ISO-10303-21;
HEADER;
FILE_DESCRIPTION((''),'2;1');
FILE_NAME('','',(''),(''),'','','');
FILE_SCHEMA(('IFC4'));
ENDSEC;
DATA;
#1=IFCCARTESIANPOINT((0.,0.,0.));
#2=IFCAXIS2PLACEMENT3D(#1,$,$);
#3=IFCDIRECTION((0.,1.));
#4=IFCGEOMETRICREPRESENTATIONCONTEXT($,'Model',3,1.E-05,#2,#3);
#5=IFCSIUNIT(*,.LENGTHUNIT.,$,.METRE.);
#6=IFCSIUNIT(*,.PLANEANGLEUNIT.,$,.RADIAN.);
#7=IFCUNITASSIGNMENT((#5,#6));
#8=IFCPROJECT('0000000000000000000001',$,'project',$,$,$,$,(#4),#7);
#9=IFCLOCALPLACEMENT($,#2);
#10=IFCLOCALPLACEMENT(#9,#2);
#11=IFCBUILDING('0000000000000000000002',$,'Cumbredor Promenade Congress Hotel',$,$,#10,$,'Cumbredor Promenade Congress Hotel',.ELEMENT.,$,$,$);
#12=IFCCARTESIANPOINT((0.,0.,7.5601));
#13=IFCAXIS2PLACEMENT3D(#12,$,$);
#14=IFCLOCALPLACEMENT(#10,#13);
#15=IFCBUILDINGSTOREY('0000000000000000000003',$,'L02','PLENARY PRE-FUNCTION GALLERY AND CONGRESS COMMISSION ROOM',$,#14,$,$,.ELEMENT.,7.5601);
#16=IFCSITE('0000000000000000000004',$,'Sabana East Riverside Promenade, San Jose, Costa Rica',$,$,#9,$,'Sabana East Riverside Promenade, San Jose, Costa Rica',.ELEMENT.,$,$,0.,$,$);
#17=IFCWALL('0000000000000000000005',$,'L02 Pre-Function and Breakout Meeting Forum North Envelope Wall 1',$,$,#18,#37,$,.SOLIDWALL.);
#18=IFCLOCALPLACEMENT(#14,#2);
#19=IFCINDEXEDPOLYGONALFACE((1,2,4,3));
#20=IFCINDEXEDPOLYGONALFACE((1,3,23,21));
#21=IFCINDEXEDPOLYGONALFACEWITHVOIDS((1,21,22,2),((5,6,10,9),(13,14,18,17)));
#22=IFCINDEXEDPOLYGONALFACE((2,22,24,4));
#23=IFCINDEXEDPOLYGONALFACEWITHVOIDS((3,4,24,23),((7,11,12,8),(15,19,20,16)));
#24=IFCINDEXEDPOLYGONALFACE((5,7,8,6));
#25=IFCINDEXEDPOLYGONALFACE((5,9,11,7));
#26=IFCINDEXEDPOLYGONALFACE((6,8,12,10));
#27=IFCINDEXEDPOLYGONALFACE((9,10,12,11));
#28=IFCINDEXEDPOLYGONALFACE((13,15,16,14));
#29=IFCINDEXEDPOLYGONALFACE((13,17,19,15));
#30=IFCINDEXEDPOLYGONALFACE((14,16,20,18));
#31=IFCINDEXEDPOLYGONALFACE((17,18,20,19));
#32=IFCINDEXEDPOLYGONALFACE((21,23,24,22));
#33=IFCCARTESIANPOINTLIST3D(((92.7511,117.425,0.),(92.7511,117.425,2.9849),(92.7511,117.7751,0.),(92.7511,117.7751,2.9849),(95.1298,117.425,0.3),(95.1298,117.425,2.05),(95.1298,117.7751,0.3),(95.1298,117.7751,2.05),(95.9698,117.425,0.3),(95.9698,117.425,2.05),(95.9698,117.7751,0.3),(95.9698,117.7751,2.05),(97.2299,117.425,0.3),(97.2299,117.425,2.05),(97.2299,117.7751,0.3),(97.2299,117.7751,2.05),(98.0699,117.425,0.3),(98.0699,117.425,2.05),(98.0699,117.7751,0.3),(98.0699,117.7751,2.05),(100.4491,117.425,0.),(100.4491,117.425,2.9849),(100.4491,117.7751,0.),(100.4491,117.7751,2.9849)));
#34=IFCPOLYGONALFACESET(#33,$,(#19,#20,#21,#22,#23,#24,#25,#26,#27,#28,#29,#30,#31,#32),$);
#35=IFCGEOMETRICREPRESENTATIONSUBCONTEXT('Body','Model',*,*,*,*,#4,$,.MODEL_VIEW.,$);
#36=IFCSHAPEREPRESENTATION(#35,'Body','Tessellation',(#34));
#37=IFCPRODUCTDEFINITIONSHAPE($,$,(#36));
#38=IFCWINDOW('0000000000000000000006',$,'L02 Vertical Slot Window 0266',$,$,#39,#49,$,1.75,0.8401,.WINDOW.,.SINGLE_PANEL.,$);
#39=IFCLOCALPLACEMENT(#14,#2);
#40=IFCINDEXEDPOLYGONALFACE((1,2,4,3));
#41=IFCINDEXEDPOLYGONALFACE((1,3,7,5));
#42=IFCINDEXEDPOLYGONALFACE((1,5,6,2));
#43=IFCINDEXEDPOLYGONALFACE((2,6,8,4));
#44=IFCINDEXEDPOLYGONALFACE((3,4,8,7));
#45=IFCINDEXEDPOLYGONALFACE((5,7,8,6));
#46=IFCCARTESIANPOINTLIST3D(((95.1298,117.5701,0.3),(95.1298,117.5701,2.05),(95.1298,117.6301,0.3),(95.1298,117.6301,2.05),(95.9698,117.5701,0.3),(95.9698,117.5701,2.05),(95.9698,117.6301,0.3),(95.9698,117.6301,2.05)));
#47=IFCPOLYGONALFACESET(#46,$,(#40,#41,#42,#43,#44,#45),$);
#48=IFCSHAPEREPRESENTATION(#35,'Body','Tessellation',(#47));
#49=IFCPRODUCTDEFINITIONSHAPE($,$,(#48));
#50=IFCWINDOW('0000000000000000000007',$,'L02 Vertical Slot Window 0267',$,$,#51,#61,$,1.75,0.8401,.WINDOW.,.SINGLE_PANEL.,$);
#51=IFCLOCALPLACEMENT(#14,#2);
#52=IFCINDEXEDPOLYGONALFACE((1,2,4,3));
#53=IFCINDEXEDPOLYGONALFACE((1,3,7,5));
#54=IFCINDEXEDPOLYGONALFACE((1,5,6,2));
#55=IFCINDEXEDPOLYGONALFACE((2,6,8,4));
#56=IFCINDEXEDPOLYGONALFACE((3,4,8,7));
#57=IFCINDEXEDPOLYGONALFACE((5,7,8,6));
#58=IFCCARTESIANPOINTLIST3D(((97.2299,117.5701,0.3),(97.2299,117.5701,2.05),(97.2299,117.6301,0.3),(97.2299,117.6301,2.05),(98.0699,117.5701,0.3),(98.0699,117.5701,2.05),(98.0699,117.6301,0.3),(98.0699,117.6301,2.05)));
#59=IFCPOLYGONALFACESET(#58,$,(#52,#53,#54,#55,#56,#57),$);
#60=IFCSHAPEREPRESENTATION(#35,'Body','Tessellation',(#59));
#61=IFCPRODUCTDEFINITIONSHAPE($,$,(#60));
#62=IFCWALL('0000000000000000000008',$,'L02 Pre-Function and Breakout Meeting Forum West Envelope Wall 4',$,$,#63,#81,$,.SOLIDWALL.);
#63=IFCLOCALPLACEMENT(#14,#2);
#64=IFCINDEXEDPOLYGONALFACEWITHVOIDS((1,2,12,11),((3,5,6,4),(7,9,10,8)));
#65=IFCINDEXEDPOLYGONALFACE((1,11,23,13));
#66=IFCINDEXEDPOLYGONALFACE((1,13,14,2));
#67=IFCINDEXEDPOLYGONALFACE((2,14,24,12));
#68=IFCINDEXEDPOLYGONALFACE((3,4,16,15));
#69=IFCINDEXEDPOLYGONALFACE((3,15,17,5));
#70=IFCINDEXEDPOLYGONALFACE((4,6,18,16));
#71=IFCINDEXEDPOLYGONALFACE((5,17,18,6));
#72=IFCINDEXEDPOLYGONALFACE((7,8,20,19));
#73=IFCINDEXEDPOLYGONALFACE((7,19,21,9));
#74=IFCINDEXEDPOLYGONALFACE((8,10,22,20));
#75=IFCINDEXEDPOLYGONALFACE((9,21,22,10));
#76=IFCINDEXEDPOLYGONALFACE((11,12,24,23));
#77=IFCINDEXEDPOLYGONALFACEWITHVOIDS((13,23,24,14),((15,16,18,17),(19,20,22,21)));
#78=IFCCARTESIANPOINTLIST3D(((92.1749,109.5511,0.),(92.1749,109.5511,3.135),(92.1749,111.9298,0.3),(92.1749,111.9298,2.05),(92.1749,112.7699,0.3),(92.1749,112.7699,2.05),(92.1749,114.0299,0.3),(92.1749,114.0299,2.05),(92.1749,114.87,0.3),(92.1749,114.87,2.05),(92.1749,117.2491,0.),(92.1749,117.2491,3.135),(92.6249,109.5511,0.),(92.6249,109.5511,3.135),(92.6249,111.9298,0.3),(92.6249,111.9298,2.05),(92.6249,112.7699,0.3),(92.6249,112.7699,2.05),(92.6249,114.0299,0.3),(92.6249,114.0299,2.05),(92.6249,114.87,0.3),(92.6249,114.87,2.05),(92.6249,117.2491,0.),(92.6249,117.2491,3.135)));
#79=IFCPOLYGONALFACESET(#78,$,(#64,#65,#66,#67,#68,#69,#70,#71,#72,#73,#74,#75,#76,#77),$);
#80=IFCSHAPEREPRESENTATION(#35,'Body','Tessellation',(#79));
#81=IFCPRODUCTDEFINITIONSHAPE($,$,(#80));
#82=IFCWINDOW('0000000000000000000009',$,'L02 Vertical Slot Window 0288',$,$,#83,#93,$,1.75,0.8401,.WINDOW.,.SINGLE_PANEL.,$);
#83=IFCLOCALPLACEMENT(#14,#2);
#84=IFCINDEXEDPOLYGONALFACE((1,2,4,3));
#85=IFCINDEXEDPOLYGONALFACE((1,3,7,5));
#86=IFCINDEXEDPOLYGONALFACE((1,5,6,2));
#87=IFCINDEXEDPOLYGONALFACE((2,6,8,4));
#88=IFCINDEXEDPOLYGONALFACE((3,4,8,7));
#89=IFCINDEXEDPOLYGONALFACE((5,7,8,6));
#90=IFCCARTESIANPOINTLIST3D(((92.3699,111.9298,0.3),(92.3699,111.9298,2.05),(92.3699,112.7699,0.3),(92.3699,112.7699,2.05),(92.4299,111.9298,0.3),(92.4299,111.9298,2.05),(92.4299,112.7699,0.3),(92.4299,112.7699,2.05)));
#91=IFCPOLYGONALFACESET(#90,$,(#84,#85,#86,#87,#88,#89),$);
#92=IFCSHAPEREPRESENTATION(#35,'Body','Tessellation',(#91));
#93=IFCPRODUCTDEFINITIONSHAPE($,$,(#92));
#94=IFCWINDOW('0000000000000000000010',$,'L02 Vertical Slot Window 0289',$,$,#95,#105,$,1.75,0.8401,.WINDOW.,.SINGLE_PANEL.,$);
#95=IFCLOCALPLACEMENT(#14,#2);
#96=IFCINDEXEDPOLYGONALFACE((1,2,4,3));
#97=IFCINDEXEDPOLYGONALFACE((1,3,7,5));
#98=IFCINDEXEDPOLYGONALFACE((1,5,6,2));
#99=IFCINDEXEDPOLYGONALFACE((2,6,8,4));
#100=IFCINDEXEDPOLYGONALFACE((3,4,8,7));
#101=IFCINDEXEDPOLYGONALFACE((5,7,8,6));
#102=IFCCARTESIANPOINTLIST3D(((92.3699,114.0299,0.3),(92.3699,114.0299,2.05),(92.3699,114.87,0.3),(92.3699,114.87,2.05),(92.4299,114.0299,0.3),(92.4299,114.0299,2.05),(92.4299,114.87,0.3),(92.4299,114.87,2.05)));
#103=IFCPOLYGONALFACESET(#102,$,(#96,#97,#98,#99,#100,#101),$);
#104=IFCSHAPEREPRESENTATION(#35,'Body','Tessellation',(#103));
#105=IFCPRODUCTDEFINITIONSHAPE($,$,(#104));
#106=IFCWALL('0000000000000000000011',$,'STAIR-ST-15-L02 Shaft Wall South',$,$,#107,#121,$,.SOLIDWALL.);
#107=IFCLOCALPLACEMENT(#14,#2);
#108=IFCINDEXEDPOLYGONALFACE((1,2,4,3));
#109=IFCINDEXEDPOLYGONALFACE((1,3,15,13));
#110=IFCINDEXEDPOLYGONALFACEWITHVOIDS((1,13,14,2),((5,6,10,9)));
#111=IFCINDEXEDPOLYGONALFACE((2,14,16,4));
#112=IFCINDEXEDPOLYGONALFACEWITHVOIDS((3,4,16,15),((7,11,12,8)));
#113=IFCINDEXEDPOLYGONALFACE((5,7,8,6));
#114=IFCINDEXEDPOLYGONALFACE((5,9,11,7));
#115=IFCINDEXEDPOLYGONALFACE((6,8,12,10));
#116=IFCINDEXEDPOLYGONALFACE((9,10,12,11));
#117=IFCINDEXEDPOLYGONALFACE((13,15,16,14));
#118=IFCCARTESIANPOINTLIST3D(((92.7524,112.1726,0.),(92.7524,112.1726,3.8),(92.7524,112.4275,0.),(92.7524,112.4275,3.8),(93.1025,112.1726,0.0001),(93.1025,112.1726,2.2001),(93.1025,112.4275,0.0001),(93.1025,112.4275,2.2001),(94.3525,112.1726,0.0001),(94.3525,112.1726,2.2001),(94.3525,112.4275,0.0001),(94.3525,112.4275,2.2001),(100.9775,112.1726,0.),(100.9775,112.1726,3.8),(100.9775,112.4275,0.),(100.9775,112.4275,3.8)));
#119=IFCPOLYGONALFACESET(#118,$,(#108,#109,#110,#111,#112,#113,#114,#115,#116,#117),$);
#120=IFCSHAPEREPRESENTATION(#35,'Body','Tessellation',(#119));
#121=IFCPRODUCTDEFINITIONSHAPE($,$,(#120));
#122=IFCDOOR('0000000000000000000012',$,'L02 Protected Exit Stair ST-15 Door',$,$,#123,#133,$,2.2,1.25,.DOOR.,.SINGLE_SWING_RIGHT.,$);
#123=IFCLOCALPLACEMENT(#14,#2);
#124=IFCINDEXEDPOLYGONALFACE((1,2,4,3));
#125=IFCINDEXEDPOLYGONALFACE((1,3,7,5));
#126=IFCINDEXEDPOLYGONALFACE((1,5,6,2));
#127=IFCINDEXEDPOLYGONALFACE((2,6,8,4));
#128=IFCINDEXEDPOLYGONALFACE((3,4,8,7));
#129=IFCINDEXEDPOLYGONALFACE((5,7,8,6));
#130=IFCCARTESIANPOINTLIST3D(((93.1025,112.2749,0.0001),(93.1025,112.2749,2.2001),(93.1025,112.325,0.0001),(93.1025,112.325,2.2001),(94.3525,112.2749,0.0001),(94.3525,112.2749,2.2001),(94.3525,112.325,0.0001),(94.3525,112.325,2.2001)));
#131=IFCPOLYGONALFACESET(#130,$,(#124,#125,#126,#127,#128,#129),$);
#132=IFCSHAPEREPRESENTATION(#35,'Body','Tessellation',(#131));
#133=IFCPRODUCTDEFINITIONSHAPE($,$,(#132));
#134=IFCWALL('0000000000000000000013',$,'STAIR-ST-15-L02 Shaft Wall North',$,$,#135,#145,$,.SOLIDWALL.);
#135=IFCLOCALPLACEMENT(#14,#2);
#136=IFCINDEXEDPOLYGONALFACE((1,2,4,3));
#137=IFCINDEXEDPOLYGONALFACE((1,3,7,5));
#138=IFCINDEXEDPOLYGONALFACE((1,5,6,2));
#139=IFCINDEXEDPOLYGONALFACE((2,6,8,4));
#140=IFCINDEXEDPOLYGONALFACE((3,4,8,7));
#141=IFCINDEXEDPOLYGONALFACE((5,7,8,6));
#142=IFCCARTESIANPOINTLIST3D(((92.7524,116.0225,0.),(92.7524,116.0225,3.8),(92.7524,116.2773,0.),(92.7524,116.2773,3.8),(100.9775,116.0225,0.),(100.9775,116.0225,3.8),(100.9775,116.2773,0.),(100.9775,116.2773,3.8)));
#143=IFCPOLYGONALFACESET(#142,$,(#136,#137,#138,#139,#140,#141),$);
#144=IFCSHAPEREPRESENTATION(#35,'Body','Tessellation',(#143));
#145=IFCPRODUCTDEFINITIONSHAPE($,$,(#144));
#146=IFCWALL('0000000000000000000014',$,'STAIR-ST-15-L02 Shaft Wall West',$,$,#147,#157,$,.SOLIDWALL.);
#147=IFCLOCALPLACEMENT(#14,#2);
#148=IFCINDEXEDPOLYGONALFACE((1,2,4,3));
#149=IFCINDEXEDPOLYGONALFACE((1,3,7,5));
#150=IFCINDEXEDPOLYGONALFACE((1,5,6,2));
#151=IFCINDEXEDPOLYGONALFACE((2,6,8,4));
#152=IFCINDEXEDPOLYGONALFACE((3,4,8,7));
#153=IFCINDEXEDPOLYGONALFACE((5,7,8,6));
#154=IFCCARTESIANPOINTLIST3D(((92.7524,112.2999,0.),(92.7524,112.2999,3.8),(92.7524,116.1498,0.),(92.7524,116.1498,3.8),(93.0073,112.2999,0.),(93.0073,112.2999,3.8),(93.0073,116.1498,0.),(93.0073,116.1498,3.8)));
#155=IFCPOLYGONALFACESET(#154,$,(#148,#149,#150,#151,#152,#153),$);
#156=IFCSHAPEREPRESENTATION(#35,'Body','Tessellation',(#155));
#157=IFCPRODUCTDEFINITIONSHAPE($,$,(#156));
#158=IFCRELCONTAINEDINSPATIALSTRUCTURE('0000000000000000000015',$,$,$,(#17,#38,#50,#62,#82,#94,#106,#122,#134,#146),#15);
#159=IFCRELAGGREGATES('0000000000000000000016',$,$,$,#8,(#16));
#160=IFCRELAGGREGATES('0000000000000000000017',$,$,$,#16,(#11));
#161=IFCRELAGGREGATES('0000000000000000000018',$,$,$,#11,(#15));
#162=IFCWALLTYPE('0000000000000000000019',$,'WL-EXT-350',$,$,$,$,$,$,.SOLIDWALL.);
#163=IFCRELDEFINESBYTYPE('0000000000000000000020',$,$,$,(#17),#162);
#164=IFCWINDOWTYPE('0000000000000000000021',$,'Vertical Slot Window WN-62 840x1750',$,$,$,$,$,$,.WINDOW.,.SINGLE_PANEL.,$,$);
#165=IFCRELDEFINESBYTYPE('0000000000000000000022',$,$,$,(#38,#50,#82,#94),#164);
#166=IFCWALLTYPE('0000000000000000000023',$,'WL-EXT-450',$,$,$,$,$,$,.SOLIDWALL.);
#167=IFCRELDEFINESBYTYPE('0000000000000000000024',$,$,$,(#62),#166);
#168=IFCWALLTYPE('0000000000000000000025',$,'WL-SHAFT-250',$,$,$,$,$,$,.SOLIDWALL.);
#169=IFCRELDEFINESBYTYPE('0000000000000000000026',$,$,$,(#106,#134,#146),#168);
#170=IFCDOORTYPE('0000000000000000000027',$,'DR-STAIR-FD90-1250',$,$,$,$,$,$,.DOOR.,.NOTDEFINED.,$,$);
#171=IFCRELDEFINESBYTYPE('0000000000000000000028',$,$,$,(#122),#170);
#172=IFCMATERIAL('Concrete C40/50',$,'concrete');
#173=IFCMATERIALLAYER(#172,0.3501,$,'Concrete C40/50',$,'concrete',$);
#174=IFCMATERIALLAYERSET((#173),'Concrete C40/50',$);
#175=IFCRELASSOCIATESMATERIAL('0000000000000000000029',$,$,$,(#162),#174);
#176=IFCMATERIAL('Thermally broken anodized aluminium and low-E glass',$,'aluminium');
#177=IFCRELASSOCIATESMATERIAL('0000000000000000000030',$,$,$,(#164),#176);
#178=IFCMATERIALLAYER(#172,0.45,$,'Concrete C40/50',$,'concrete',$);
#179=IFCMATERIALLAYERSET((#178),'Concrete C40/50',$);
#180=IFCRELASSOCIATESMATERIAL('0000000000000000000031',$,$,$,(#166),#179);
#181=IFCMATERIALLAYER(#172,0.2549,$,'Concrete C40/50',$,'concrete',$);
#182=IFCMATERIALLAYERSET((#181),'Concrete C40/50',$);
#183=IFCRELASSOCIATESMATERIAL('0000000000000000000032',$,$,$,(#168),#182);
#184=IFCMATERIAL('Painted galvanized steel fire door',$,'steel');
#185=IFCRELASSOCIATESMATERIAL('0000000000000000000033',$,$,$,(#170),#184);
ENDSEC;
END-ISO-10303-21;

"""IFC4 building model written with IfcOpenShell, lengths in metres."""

from ifc_helpers import new_model, si_unit, direction, frame, frame_2d, origin, place, context, subcontext, project, spatial, rectangle, extrude, material, layer, layer_set, type_object, element, fill, save


model = new_model("IFC4")

# Units and contexts
model_context = context("Model", 3, precision=1e-05, world=origin(), true_north=direction((0.0, 1.0)))
body_context = subcontext(model_context, "Body", "Model", "MODEL_VIEW")
ifc_project = project(units=[si_unit("LENGTHUNIT", "METRE"), si_unit("PLANEANGLEUNIT", "RADIAN")], contexts=[model_context])

# Site, building, storey
site_placement = place(None, origin())
site = spatial("IfcSite", under=ifc_project, at=site_placement, Name="Sabana East Riverside Promenade, San Jose, Costa Rica", LongName="Sabana East Riverside Promenade, San Jose, Costa Rica", CompositionType="ELEMENT", RefElevation=0.0)
building_placement = place(site_placement, origin())
building = spatial("IfcBuilding", under=site, at=building_placement, Name="Cumbredor Promenade Congress Hotel", LongName="Cumbredor Promenade Congress Hotel", CompositionType="ELEMENT")
storey_placement = place(building_placement, frame((0.0, 0.0, 7.5601)))
storey = spatial("IfcBuildingStorey", under=building, at=storey_placement, Name="L02", Description="PLENARY PRE-FUNCTION GALLERY AND CONGRESS COMMISSION ROOM", CompositionType="ELEMENT", Elevation=7.5601)

# Shared definitions
ifc_material_1 = material(Name="Concrete C40/50", Category="concrete")

# Shared definitions
ifc_material_2 = material(Name="Thermally broken anodized aluminium and low-E glass", Category="aluminium")

# Walls, openings, windows
ifc_layer_1 = layer(ifc_material_1, 0.3501, Name="Concrete C40/50", Category="concrete")
ifc_layer_set_1 = layer_set([ifc_layer_1], Name="Concrete C40/50")
wall_type_1 = type_object("IfcWallType", Name="WL-EXT-350", PredefinedType="SOLIDWALL", material=ifc_layer_set_1)
wall_1_placement = place(storey_placement, frame((92.751, 117.6001, 0.0), z_axis=(0.0, 0.0, 1.0), x_axis=(1.0, 0.0, 0.0)))
wall_1 = element("IfcWall", 1, at=wall_1_placement, inside=storey, type_object=wall_type_1, Name="L02 Pre-Function and Breakout Meeting Forum North Envelope Wall 1", PredefinedType="SOLIDWALL", context=body_context, shape_type="SweptSolid", body=[
    extrude(rectangle(XDim=7.698, YDim=0.3501, at=frame_2d((3.8491, 0.0))), origin(), (0.0, 0.0, 1.0), 2.9849),
])
opening_1_placement = place(wall_1_placement, frame((2.3789, 0.0, 0.3)))
opening_1 = element("IfcOpeningElement", 2, at=opening_1_placement, cuts=wall_1, PredefinedType="OPENING", context=body_context, shape_type="SweptSolid", body=[
    extrude(rectangle(XDim=0.8401, YDim=1.75, at=frame_2d((0.4199, 0.875))), frame((0.0, 0.1851, 0.0), z_axis=(0.0, -1.0, 0.0), x_axis=(1.0, 0.0, 0.0)), (0.0, 0.0, 1.0), 0.3701),
])
opening_2_placement = place(wall_1_placement, frame((4.479, 0.0, 0.3)))
opening_2 = element("IfcOpeningElement", 3, at=opening_2_placement, cuts=wall_1, PredefinedType="OPENING", context=body_context, shape_type="SweptSolid", body=[
    extrude(rectangle(XDim=0.8401, YDim=1.75, at=frame_2d((0.4199, 0.875))), frame((0.0, 0.1851, 0.0), z_axis=(0.0, -1.0, 0.0), x_axis=(1.0, 0.0, 0.0)), (0.0, 0.0, 1.0), 0.3701),
])
window_type = type_object("IfcWindowType", Name="Vertical Slot Window WN-62 840x1750", PartitioningType="SINGLE_PANEL", PredefinedType="WINDOW", material=ifc_material_2)
window_1_placement = place(opening_1_placement, origin())
window_1 = element("IfcWindow", 4, at=window_1_placement, inside=storey, type_object=window_type, Name="L02 Vertical Slot Window 0266", OverallHeight=1.75, OverallWidth=0.8401, PartitioningType="SINGLE_PANEL", PredefinedType="WINDOW", context=body_context, shape_type="SweptSolid", body=[
    extrude(rectangle(XDim=0.8401, YDim=1.75, at=frame_2d((0.4199, 0.875))), frame((0.0, 0.03, 0.0), z_axis=(0.0, -1.0, 0.0), x_axis=(1.0, 0.0, 0.0)), (0.0, 0.0, 1.0), 0.0601),
])
fill(opening_1, window_1)
window_2_placement = place(opening_2_placement, origin())
window_2 = element("IfcWindow", 5, at=window_2_placement, inside=storey, type_object=window_type, Name="L02 Vertical Slot Window 0267", OverallHeight=1.75, OverallWidth=0.8401, PartitioningType="SINGLE_PANEL", PredefinedType="WINDOW", context=body_context, shape_type="SweptSolid", body=[
    extrude(rectangle(XDim=0.8401, YDim=1.75, at=frame_2d((0.4199, 0.875))), frame((0.0, 0.03, 0.0), z_axis=(0.0, -1.0, 0.0), x_axis=(1.0, 0.0, 0.0)), (0.0, 0.0, 1.0), 0.0601),
])
fill(opening_2, window_2)
ifc_layer_2 = layer(ifc_material_1, 0.45, Name="Concrete C40/50", Category="concrete")
ifc_layer_set_2 = layer_set([ifc_layer_2], Name="Concrete C40/50")
wall_type_2 = type_object("IfcWallType", Name="WL-EXT-450", PredefinedType="SOLIDWALL", material=ifc_layer_set_2)
wall_2_placement = place(storey_placement, frame((92.3999, 109.551, 0.0), z_axis=(0.0, 0.0, 1.0), x_axis=(0.0, 1.0, 0.0)))
wall_2 = element("IfcWall", 6, at=wall_2_placement, inside=storey, type_object=wall_type_2, Name="L02 Pre-Function and Breakout Meeting Forum West Envelope Wall 4", PredefinedType="SOLIDWALL", context=body_context, shape_type="SweptSolid", body=[
    extrude(rectangle(XDim=7.698, YDim=0.45, at=frame_2d((3.8491, 0.0))), origin(), (0.0, 0.0, 1.0), 3.135),
])
opening_3_placement = place(wall_2_placement, frame((2.3789, 0.0, 0.3)))
opening_3 = element("IfcOpeningElement", 7, at=opening_3_placement, cuts=wall_2, PredefinedType="OPENING", context=body_context, shape_type="SweptSolid", body=[
    extrude(rectangle(XDim=0.8401, YDim=1.75, at=frame_2d((0.4199, 0.875))), frame((0.0, 0.2349, 0.0), z_axis=(0.0, -1.0, 0.0), x_axis=(1.0, 0.0, 0.0)), (0.0, 0.0, 1.0), 0.47),
])
opening_4_placement = place(wall_2_placement, frame((4.479, 0.0, 0.3)))
opening_4 = element("IfcOpeningElement", 8, at=opening_4_placement, cuts=wall_2, PredefinedType="OPENING", context=body_context, shape_type="SweptSolid", body=[
    extrude(rectangle(XDim=0.8401, YDim=1.75, at=frame_2d((0.4199, 0.875))), frame((0.0, 0.2349, 0.0), z_axis=(0.0, -1.0, 0.0), x_axis=(1.0, 0.0, 0.0)), (0.0, 0.0, 1.0), 0.47),
])
window_3_placement = place(opening_3_placement, origin())
window_3 = element("IfcWindow", 9, at=window_3_placement, inside=storey, type_object=window_type, Name="L02 Vertical Slot Window 0288", OverallHeight=1.75, OverallWidth=0.8401, PartitioningType="SINGLE_PANEL", PredefinedType="WINDOW", context=body_context, shape_type="SweptSolid", body=[
    extrude(rectangle(XDim=0.8401, YDim=1.75, at=frame_2d((0.4199, 0.875))), frame((0.0, 0.03, 0.0), z_axis=(0.0, -1.0, 0.0), x_axis=(1.0, 0.0, 0.0)), (0.0, 0.0, 1.0), 0.0601),
])
fill(opening_3, window_3)
window_4_placement = place(opening_4_placement, origin())
window_4 = element("IfcWindow", 10, at=window_4_placement, inside=storey, type_object=window_type, Name="L02 Vertical Slot Window 0289", OverallHeight=1.75, OverallWidth=0.8401, PartitioningType="SINGLE_PANEL", PredefinedType="WINDOW", context=body_context, shape_type="SweptSolid", body=[
    extrude(rectangle(XDim=0.8401, YDim=1.75, at=frame_2d((0.4199, 0.875))), frame((0.0, 0.03, 0.0), z_axis=(0.0, -1.0, 0.0), x_axis=(1.0, 0.0, 0.0)), (0.0, 0.0, 1.0), 0.0601),
])
fill(opening_4, window_4)

# Wall, opening, door
ifc_layer_3 = layer(ifc_material_1, 0.2549, Name="Concrete C40/50", Category="concrete")
ifc_layer_set_3 = layer_set([ifc_layer_3], Name="Concrete C40/50")
wall_type_3 = type_object("IfcWallType", Name="WL-SHAFT-250", PredefinedType="SOLIDWALL", material=ifc_layer_set_3)
wall_3_placement = place(storey_placement, frame((92.7524, 112.3, 0.0), z_axis=(0.0, 0.0, 1.0), x_axis=(1.0, 0.0, 0.0)))
wall_3 = element("IfcWall", 11, at=wall_3_placement, inside=storey, type_object=wall_type_3, Name="STAIR-ST-15-L02 Shaft Wall South", PredefinedType="SOLIDWALL", context=body_context, shape_type="SweptSolid", body=[
    extrude(rectangle(XDim=8.2251, YDim=0.2549, at=frame_2d((4.1125, 0.0))), origin(), (0.0, 0.0, 1.0), 3.8),
])
opening_5_placement = place(wall_3_placement, frame((0.3501, 0.0, 0.0)))
opening_5 = element("IfcOpeningElement", 12, at=opening_5_placement, cuts=wall_3, PredefinedType="OPENING", context=body_context, shape_type="SweptSolid", body=[
    extrude(rectangle(XDim=1.25, YDim=2.2, at=frame_2d((0.625, 1.1001))), frame((0.0, 0.1375, 0.0), z_axis=(0.0, -1.0, 0.0), x_axis=(1.0, 0.0, 0.0)), (0.0, 0.0, 1.0), 0.2749),
])
ifc_material_3 = material(Name="Painted galvanized steel fire door", Category="steel")
door_type = type_object("IfcDoorType", Name="DR-STAIR-FD90-1250", OperationType="NOTDEFINED", PredefinedType="DOOR", material=ifc_material_3)
door_placement = place(opening_5_placement, origin())
door = element("IfcDoor", 13, at=door_placement, inside=storey, type_object=door_type, Name="L02 Protected Exit Stair ST-15 Door", OperationType="SINGLE_SWING_RIGHT", OverallHeight=2.2, OverallWidth=1.25, PredefinedType="DOOR", context=body_context, shape_type="SweptSolid", body=[
    extrude(rectangle(XDim=1.25, YDim=2.2, at=frame_2d((0.625, 1.1001))), frame((0.0, 0.0249, 0.0), z_axis=(0.0, -1.0, 0.0), x_axis=(1.0, 0.0, 0.0)), (0.0, 0.0, 1.0), 0.05),
])
fill(opening_5, door)

# Walls
wall_4_placement = place(storey_placement, frame((92.7524, 116.1499, 0.0), z_axis=(0.0, 0.0, 1.0), x_axis=(1.0, 0.0, 0.0)))
element("IfcWall", 14, at=wall_4_placement, inside=storey, type_object=wall_type_3, Name="STAIR-ST-15-L02 Shaft Wall North", PredefinedType="SOLIDWALL", context=body_context, shape_type="SweptSolid", body=[
    extrude(rectangle(XDim=8.2251, YDim=0.2549, at=frame_2d((4.1125, 0.0))), origin(), (0.0, 0.0, 1.0), 3.8),
])
wall_5_placement = place(storey_placement, frame((92.8799, 112.3, 0.0), z_axis=(0.0, 0.0, 1.0), x_axis=(0.0, 1.0, 0.0)))
element("IfcWall", 15, at=wall_5_placement, inside=storey, type_object=wall_type_3, Name="STAIR-ST-15-L02 Shaft Wall West", PredefinedType="SOLIDWALL", context=body_context, shape_type="SweptSolid", body=[
    extrude(rectangle(XDim=3.8499, YDim=0.2549, at=frame_2d((1.9248, 0.0))), origin(), (0.0, 0.0, 1.0), 3.8),
])

save(model, "model.ifc")
